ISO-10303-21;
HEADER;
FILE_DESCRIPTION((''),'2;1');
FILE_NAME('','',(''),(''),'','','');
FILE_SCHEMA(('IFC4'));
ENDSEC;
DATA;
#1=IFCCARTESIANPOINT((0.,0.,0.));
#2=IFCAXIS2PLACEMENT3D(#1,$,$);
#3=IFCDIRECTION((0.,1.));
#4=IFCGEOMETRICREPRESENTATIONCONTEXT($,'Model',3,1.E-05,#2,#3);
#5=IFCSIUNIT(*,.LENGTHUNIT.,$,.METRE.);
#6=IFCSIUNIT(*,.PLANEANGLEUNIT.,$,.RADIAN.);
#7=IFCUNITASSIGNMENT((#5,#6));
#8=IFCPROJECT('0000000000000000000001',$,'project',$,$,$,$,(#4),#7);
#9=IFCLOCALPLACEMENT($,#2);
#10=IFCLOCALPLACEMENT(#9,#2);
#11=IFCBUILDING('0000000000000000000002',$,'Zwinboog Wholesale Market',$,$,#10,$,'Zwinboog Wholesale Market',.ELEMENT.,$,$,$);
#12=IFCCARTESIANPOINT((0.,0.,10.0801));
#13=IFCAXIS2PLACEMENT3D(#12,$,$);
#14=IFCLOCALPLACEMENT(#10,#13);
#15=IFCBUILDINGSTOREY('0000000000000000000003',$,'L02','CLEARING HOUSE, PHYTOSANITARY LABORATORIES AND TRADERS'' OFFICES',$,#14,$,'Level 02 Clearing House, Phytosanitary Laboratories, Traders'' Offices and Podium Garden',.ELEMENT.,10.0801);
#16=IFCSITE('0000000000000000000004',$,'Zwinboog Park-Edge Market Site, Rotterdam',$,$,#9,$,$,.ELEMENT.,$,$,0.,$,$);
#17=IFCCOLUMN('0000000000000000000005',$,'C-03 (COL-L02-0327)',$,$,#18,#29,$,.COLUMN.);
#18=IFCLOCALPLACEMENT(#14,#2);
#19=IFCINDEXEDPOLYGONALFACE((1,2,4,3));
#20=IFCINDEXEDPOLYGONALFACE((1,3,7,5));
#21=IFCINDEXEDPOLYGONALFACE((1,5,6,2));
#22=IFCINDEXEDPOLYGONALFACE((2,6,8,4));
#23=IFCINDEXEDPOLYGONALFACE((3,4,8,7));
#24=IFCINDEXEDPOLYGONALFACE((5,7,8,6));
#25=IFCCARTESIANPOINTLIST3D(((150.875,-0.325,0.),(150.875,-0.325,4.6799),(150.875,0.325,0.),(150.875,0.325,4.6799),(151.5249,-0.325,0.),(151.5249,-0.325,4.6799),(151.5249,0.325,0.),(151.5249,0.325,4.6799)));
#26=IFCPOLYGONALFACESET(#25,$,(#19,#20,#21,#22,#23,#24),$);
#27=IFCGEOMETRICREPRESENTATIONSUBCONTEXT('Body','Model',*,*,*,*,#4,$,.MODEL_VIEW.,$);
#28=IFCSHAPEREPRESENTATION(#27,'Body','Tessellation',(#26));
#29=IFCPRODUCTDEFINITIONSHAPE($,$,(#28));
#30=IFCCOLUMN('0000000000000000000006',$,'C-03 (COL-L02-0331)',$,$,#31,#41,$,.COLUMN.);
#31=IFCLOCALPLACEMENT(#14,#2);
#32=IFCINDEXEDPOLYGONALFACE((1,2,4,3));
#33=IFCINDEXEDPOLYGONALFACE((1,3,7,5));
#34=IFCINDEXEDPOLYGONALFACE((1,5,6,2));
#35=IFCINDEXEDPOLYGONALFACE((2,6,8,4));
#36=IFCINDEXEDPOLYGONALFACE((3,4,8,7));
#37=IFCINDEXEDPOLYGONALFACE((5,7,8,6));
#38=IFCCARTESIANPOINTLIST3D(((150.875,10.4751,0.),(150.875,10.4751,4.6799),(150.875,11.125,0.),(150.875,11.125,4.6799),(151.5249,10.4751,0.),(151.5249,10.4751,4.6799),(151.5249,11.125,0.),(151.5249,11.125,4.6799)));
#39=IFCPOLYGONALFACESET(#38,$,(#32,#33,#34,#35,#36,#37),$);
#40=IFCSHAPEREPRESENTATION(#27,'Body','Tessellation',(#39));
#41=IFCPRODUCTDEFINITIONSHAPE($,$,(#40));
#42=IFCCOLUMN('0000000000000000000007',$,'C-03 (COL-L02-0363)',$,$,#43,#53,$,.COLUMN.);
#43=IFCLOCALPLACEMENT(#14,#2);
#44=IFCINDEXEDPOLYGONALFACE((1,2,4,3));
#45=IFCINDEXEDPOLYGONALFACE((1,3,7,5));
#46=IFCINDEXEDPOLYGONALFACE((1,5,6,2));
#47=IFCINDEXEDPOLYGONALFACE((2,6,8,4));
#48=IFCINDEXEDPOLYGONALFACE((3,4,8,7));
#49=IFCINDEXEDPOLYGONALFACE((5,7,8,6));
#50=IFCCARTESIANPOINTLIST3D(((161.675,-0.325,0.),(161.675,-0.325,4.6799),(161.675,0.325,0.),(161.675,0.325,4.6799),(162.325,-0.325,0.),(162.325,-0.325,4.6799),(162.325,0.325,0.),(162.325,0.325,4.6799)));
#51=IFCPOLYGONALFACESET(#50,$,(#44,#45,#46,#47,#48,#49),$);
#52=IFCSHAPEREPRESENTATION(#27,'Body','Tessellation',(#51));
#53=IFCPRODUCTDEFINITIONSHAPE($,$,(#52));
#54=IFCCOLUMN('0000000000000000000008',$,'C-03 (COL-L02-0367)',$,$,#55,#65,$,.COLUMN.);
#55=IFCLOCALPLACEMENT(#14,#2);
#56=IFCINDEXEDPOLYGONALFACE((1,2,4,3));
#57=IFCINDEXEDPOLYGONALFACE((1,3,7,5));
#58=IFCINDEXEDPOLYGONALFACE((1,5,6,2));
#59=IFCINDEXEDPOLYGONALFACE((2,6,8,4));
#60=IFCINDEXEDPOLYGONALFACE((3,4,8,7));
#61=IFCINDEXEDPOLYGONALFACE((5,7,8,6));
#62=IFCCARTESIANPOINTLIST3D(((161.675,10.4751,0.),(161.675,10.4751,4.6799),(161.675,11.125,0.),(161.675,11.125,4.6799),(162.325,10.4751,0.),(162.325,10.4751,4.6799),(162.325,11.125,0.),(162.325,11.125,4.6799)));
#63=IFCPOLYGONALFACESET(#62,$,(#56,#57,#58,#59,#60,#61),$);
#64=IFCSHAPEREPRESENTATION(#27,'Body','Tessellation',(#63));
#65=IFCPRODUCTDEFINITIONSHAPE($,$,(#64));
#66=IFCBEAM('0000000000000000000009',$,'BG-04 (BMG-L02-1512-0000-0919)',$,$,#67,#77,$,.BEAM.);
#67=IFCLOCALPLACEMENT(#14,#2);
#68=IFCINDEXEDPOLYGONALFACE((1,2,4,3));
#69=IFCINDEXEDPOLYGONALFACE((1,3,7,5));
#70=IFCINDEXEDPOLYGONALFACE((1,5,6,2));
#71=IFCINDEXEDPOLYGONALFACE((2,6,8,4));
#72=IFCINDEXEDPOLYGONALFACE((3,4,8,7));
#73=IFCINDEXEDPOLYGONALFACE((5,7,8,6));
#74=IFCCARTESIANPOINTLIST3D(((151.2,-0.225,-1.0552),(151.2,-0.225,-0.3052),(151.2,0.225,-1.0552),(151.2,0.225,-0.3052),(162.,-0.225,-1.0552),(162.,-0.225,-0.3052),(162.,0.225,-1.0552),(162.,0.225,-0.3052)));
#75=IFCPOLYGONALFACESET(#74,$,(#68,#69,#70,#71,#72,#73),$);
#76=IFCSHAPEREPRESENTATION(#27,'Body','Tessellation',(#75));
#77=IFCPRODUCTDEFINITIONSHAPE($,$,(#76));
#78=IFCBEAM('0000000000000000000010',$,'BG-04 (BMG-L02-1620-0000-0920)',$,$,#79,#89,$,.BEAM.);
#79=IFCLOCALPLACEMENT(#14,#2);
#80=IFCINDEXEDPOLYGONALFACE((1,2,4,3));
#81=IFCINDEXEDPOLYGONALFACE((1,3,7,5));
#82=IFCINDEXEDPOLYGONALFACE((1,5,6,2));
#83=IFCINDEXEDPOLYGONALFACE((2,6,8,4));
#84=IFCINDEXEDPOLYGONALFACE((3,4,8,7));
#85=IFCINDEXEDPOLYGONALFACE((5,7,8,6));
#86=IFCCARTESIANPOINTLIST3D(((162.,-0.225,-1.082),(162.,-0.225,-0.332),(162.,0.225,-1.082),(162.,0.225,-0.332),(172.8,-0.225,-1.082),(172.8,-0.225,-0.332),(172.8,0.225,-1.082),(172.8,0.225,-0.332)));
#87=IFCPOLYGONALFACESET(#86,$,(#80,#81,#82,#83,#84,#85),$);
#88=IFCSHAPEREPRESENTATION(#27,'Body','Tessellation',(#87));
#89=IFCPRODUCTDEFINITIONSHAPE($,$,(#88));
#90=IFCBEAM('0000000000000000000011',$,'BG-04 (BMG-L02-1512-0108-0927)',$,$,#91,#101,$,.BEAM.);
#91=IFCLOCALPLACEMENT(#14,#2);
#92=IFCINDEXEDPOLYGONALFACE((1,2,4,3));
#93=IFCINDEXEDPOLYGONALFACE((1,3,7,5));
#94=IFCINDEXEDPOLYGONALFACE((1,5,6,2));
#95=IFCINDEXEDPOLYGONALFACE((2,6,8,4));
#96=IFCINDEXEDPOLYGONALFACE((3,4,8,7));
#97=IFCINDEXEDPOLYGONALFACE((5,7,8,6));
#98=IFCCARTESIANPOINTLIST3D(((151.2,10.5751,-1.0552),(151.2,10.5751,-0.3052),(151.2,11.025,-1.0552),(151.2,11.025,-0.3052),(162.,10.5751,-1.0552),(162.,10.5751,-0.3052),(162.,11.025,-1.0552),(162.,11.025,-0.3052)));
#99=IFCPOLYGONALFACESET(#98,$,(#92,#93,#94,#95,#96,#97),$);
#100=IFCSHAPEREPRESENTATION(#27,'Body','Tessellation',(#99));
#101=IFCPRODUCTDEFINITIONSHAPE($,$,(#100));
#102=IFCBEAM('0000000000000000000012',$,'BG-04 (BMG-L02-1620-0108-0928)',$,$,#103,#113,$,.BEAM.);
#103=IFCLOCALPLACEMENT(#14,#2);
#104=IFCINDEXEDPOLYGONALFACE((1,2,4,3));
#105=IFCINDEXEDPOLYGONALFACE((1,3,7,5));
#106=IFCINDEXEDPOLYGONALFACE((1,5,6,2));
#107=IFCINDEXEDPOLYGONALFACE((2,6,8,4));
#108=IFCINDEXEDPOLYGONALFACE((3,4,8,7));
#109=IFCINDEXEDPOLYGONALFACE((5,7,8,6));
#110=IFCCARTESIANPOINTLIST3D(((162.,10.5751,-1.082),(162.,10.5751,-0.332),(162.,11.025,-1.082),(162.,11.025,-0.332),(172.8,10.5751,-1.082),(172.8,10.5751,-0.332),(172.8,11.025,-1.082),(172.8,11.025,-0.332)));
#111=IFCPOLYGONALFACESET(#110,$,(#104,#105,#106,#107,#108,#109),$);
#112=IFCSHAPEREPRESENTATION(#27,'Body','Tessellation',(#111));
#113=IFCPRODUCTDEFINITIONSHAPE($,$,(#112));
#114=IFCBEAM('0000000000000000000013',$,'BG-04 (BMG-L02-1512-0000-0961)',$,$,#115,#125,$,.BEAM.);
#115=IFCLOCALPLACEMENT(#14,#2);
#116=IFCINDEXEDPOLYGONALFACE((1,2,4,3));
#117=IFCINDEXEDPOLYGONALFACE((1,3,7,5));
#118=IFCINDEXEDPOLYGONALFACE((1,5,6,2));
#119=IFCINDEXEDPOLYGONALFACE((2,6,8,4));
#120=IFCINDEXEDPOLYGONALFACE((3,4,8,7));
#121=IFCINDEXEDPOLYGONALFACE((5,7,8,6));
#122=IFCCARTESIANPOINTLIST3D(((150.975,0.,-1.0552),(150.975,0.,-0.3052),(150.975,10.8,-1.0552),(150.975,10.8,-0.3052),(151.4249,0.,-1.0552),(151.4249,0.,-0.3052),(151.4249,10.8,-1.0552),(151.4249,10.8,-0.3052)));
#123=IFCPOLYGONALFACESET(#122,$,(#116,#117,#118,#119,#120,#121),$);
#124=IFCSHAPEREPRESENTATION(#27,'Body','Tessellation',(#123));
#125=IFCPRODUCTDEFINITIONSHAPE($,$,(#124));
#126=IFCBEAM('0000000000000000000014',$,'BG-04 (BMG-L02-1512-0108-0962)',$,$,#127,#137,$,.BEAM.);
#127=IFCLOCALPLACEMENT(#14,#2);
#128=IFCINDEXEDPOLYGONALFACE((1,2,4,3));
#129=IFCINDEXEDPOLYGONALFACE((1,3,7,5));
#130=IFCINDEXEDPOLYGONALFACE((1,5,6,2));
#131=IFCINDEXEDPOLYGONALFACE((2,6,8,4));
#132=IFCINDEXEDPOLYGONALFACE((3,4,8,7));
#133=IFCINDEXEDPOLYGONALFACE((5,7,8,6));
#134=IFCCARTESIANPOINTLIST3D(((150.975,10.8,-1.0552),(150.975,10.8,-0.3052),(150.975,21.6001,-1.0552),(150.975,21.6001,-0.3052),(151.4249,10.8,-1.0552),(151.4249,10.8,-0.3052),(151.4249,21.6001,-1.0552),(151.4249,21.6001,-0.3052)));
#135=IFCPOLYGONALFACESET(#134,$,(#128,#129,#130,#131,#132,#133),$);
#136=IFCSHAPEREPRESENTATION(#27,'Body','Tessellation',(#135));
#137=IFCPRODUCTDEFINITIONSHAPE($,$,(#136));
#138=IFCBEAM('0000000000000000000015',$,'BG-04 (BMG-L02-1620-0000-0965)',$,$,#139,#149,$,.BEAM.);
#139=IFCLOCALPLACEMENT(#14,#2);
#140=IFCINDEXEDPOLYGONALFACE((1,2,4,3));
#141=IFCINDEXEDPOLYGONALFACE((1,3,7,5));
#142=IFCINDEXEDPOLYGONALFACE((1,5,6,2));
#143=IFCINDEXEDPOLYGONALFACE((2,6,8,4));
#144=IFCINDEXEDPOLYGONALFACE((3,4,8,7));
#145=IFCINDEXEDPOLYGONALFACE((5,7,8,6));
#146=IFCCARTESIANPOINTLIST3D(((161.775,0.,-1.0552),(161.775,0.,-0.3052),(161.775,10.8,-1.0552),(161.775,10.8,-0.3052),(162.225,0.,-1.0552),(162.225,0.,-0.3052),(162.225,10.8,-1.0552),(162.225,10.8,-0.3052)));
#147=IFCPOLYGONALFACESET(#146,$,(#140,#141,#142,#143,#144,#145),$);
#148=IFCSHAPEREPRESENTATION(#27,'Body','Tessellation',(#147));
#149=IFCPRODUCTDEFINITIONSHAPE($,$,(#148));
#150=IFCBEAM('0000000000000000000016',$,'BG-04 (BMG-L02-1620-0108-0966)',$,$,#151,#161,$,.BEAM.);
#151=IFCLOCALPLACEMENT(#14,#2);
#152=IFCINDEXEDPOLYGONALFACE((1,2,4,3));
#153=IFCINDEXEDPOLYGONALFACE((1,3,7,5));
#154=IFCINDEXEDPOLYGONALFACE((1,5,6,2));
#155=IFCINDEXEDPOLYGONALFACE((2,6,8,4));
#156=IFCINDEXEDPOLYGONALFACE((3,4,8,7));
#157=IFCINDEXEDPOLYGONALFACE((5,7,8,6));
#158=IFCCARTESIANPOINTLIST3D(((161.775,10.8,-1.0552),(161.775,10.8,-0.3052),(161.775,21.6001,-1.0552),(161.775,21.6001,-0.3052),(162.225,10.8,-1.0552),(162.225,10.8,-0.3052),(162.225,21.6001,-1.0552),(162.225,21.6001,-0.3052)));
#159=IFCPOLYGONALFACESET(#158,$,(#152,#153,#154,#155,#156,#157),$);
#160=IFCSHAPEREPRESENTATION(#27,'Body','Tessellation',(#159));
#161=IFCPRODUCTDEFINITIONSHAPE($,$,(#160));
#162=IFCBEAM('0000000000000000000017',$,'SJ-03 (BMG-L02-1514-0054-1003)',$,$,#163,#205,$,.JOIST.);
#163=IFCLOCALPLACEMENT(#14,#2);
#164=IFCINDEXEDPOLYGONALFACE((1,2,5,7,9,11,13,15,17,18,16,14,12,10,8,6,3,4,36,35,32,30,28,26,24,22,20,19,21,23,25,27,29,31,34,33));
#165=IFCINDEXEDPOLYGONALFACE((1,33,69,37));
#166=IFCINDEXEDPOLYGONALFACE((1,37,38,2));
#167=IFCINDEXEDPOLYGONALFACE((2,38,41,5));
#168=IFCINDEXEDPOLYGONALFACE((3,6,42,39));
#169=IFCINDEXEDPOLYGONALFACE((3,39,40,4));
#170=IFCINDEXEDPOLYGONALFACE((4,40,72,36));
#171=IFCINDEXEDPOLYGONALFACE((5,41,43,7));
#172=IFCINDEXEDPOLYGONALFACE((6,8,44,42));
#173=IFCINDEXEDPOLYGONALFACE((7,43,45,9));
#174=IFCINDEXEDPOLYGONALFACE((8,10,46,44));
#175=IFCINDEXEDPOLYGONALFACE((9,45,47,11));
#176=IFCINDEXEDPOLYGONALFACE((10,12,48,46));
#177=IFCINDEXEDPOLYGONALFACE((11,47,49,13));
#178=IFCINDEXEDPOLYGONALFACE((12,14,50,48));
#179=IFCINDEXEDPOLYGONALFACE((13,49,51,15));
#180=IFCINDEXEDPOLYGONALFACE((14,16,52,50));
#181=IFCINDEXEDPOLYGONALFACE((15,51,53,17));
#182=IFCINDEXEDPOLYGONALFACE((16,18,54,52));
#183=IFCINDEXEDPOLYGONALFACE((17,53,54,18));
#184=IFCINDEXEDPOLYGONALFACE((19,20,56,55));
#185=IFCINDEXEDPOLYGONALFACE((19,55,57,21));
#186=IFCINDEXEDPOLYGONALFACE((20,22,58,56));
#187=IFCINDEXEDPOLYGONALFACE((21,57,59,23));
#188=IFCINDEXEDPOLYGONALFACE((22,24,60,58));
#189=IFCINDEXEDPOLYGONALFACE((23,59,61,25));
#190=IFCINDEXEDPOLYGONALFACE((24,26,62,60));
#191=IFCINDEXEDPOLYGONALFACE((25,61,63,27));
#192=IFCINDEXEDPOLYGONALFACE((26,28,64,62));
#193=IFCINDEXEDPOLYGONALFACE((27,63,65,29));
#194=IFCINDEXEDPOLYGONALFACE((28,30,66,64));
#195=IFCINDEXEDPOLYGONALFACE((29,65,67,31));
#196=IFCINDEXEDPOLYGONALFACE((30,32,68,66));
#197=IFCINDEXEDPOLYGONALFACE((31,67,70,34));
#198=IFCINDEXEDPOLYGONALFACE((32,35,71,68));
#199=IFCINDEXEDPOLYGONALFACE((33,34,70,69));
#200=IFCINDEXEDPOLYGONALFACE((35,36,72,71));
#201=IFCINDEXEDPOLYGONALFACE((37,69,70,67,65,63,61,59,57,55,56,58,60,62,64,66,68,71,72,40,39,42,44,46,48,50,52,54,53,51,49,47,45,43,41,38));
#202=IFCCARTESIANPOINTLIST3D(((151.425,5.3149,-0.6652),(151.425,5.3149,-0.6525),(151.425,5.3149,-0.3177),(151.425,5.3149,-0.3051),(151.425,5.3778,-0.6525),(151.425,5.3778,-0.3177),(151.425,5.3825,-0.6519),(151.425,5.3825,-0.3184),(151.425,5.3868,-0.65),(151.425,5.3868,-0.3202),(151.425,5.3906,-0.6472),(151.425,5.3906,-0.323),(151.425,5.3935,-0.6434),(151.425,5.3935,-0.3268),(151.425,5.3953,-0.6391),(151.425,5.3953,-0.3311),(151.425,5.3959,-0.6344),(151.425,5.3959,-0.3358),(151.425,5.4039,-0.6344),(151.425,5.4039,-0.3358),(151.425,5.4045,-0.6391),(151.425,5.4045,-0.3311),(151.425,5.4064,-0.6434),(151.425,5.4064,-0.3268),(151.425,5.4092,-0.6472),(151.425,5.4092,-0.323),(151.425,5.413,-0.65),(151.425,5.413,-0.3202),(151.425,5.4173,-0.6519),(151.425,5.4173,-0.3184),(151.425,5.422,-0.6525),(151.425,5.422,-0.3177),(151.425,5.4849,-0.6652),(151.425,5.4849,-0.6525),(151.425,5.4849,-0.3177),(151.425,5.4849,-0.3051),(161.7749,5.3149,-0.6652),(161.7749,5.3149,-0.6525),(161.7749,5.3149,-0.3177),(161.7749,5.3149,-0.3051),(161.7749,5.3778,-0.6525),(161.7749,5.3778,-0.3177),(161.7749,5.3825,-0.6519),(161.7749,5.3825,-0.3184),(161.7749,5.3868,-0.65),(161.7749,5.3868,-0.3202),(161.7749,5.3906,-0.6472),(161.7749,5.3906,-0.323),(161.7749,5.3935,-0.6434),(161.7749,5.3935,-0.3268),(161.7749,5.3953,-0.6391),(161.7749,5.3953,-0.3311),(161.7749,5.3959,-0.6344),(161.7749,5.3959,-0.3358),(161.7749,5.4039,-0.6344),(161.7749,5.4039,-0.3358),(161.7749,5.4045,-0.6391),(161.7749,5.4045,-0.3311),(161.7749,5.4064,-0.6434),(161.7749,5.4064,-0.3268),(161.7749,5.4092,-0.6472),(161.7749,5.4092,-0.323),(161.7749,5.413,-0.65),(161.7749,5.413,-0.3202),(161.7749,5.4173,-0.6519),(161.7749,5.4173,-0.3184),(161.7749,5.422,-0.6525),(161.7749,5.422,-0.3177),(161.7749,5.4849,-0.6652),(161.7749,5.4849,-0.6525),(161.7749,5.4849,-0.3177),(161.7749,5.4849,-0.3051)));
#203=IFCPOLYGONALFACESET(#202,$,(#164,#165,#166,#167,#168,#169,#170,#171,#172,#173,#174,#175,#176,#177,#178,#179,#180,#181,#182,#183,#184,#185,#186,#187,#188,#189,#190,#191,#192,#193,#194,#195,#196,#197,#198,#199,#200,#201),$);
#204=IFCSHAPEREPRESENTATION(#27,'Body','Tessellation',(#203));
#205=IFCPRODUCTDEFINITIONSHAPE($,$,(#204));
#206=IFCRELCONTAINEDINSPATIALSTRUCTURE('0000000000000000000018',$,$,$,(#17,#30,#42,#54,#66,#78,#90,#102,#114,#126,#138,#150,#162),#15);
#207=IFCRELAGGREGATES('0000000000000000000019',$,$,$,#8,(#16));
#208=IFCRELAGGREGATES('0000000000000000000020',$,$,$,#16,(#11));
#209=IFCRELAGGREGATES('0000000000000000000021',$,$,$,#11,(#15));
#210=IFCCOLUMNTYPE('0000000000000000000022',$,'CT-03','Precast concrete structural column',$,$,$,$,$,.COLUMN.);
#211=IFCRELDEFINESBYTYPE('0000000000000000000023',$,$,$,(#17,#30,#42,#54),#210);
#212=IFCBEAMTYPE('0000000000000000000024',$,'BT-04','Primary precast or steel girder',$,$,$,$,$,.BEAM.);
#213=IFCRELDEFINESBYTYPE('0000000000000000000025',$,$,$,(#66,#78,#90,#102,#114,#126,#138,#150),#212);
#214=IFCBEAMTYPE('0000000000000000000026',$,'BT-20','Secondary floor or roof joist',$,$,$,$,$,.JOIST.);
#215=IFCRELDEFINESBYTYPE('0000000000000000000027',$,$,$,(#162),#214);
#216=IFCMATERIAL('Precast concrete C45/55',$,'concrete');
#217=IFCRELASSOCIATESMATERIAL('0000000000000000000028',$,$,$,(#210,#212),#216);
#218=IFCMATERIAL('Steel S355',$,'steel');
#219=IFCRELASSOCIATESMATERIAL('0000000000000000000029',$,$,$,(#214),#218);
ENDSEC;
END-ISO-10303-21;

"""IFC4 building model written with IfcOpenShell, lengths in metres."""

from ifc_helpers import new_model, si_unit, direction, frame, origin, origin_2d, place, context, subcontext, project, spatial, rectangle, i_section, extrude, material, material_profile, profile_set, type_object, element, save


model = new_model("IFC4")

# Units and contexts
model_context = context("Model", 3, precision=1e-05, world=origin(), true_north=direction((0.0, 1.0)))
body_context = subcontext(model_context, "Body", "Model", "MODEL_VIEW")
ifc_project = project(units=[si_unit("LENGTHUNIT", "METRE"), si_unit("PLANEANGLEUNIT", "RADIAN")], contexts=[model_context])

# Site, building, storey
site_placement = place(None, origin())
site = spatial("IfcSite", under=ifc_project, at=site_placement, Name="Zwinboog Park-Edge Market Site, Rotterdam", CompositionType="ELEMENT", RefElevation=0.0)
building_placement = place(site_placement, origin())
building = spatial("IfcBuilding", under=site, at=building_placement, Name="Zwinboog Wholesale Market", LongName="Zwinboog Wholesale Market", CompositionType="ELEMENT")
storey_placement = place(building_placement, frame((0.0, 0.0, 10.0801)))
storey = spatial("IfcBuildingStorey", under=building, at=storey_placement, Name="L02", Description="CLEARING HOUSE, PHYTOSANITARY LABORATORIES AND TRADERS' OFFICES", LongName="Level 02 Clearing House, Phytosanitary Laboratories, Traders' Offices and Podium Garden", CompositionType="ELEMENT", Elevation=10.0801)

# Columns
ifc_material_1 = material(Name="Precast concrete C45/55", Category="concrete")
ifc_material_profile_1 = material_profile(ifc_material_1, rectangle(XDim=0.6499, YDim=0.6499, at=origin_2d()), Name="PC 650x650")
ifc_profile_set_1 = profile_set([ifc_material_profile_1], Name="Precast concrete C45/55")
column_type = type_object("IfcColumnType", Name="CT-03", Description="Precast concrete structural column", PredefinedType="COLUMN", material=ifc_profile_set_1)
for number, where, z_axis, x_axis, name in (
    (1, (151.2, 0.0, 0.0), (0.0, 0.0, 1.0), (1.0, 0.0, 0.0), "C-03 (COL-L02-0327)"),
    (2, (151.2, 10.8, 0.0), (0.0, 0.0, 1.0), (1.0, 0.0, 0.0), "C-03 (COL-L02-0331)"),
    (3, (162.0, 0.0, 0.0), (0.0, 0.0, 1.0), (1.0, 0.0, 0.0), "C-03 (COL-L02-0363)"),
    (4, (162.0, 10.8, 0.0), (0.0, 0.0, 1.0), (1.0, 0.0, 0.0), "C-03 (COL-L02-0367)"),
):
    element("IfcColumn", number, at=place(storey_placement, frame(where, z_axis=z_axis, x_axis=x_axis)), inside=storey, type_object=column_type, Name=name, PredefinedType="COLUMN", context=body_context, shape_type="SweptSolid", body=[
        extrude(rectangle(XDim=0.6499, YDim=0.6499, at=origin_2d()), origin(), (0.0, 0.0, 1.0), 4.6799),
    ])

# Beams
ifc_material_profile_2 = material_profile(ifc_material_1, rectangle(XDim=0.45, YDim=0.75, at=origin_2d()), Name="PC 450x750")
ifc_profile_set_2 = profile_set([ifc_material_profile_2], Name="Precast concrete C45/55")
beam_type_1 = type_object("IfcBeamType", Name="BT-04", Description="Primary precast or steel girder", PredefinedType="BEAM", material=ifc_profile_set_2)
for number, where, z_axis, x_axis, name in (
    (5, (151.2, 0.0, -0.6802), (1.0, 0.0, 0.0), (0.0, 1.0, 0.0), "BG-04 (BMG-L02-1512-0000-0919)"),
    (6, (162.0, 0.0, -0.707), (1.0, 0.0, 0.0), (0.0, 1.0, 0.0), "BG-04 (BMG-L02-1620-0000-0920)"),
    (7, (151.2, 10.8, -0.6802), (1.0, 0.0, 0.0), (0.0, 1.0, 0.0), "BG-04 (BMG-L02-1512-0108-0927)"),
    (8, (162.0, 10.8, -0.707), (1.0, 0.0, 0.0), (0.0, 1.0, 0.0), "BG-04 (BMG-L02-1620-0108-0928)"),
    (9, (151.2, 0.0, -0.6802), (0.0, 1.0, 0.0), (-1.0, 0.0, 0.0), "BG-04 (BMG-L02-1512-0000-0961)"),
    (10, (151.2, 10.8, -0.6802), (0.0, 1.0, 0.0), (-1.0, 0.0, 0.0), "BG-04 (BMG-L02-1512-0108-0962)"),
    (11, (162.0, 0.0, -0.6802), (0.0, 1.0, 0.0), (-1.0, 0.0, 0.0), "BG-04 (BMG-L02-1620-0000-0965)"),
    (12, (162.0, 10.8, -0.6802), (0.0, 1.0, 0.0), (-1.0, 0.0, 0.0), "BG-04 (BMG-L02-1620-0108-0966)"),
):
    element("IfcBeam", number, at=place(storey_placement, frame(where, z_axis=z_axis, x_axis=x_axis)), inside=storey, type_object=beam_type_1, Name=name, PredefinedType="BEAM", context=body_context, shape_type="SweptSolid", body=[
        extrude(rectangle(XDim=0.45, YDim=0.75, at=origin_2d()), origin(), (0.0, 0.0, 1.0), 10.8),
    ])
ifc_material_2 = material(Name="Steel S355", Category="steel")
ifc_material_profile_3 = material_profile(ifc_material_2, i_section(OverallWidth=0.1699, OverallDepth=0.3601, WebThickness=0.0081, FlangeThickness=0.0127, FilletRadius=0.0181, at=origin_2d()), Name="IPE 360")
ifc_profile_set_3 = profile_set([ifc_material_profile_3], Name="Steel S355")
beam_type_2 = type_object("IfcBeamType", Name="BT-20", Description="Secondary floor or roof joist", PredefinedType="JOIST", material=ifc_profile_set_3)
beam_placement = place(storey_placement, frame((151.425, 5.3999, -0.4851), z_axis=(1.0, 0.0, 0.0), x_axis=(0.0, 1.0, 0.0)))
element("IfcBeam", 13, at=beam_placement, inside=storey, type_object=beam_type_2, Name="SJ-03 (BMG-L02-1514-0054-1003)", PredefinedType="JOIST", context=body_context, shape_type="SweptSolid", body=[
    extrude(i_section(OverallWidth=0.1699, OverallDepth=0.3601, WebThickness=0.0081, FlangeThickness=0.0127, FilletRadius=0.0181, at=origin_2d()), origin(), (0.0, 0.0, 1.0), 10.3499),
])

save(model, "model.ifc")
